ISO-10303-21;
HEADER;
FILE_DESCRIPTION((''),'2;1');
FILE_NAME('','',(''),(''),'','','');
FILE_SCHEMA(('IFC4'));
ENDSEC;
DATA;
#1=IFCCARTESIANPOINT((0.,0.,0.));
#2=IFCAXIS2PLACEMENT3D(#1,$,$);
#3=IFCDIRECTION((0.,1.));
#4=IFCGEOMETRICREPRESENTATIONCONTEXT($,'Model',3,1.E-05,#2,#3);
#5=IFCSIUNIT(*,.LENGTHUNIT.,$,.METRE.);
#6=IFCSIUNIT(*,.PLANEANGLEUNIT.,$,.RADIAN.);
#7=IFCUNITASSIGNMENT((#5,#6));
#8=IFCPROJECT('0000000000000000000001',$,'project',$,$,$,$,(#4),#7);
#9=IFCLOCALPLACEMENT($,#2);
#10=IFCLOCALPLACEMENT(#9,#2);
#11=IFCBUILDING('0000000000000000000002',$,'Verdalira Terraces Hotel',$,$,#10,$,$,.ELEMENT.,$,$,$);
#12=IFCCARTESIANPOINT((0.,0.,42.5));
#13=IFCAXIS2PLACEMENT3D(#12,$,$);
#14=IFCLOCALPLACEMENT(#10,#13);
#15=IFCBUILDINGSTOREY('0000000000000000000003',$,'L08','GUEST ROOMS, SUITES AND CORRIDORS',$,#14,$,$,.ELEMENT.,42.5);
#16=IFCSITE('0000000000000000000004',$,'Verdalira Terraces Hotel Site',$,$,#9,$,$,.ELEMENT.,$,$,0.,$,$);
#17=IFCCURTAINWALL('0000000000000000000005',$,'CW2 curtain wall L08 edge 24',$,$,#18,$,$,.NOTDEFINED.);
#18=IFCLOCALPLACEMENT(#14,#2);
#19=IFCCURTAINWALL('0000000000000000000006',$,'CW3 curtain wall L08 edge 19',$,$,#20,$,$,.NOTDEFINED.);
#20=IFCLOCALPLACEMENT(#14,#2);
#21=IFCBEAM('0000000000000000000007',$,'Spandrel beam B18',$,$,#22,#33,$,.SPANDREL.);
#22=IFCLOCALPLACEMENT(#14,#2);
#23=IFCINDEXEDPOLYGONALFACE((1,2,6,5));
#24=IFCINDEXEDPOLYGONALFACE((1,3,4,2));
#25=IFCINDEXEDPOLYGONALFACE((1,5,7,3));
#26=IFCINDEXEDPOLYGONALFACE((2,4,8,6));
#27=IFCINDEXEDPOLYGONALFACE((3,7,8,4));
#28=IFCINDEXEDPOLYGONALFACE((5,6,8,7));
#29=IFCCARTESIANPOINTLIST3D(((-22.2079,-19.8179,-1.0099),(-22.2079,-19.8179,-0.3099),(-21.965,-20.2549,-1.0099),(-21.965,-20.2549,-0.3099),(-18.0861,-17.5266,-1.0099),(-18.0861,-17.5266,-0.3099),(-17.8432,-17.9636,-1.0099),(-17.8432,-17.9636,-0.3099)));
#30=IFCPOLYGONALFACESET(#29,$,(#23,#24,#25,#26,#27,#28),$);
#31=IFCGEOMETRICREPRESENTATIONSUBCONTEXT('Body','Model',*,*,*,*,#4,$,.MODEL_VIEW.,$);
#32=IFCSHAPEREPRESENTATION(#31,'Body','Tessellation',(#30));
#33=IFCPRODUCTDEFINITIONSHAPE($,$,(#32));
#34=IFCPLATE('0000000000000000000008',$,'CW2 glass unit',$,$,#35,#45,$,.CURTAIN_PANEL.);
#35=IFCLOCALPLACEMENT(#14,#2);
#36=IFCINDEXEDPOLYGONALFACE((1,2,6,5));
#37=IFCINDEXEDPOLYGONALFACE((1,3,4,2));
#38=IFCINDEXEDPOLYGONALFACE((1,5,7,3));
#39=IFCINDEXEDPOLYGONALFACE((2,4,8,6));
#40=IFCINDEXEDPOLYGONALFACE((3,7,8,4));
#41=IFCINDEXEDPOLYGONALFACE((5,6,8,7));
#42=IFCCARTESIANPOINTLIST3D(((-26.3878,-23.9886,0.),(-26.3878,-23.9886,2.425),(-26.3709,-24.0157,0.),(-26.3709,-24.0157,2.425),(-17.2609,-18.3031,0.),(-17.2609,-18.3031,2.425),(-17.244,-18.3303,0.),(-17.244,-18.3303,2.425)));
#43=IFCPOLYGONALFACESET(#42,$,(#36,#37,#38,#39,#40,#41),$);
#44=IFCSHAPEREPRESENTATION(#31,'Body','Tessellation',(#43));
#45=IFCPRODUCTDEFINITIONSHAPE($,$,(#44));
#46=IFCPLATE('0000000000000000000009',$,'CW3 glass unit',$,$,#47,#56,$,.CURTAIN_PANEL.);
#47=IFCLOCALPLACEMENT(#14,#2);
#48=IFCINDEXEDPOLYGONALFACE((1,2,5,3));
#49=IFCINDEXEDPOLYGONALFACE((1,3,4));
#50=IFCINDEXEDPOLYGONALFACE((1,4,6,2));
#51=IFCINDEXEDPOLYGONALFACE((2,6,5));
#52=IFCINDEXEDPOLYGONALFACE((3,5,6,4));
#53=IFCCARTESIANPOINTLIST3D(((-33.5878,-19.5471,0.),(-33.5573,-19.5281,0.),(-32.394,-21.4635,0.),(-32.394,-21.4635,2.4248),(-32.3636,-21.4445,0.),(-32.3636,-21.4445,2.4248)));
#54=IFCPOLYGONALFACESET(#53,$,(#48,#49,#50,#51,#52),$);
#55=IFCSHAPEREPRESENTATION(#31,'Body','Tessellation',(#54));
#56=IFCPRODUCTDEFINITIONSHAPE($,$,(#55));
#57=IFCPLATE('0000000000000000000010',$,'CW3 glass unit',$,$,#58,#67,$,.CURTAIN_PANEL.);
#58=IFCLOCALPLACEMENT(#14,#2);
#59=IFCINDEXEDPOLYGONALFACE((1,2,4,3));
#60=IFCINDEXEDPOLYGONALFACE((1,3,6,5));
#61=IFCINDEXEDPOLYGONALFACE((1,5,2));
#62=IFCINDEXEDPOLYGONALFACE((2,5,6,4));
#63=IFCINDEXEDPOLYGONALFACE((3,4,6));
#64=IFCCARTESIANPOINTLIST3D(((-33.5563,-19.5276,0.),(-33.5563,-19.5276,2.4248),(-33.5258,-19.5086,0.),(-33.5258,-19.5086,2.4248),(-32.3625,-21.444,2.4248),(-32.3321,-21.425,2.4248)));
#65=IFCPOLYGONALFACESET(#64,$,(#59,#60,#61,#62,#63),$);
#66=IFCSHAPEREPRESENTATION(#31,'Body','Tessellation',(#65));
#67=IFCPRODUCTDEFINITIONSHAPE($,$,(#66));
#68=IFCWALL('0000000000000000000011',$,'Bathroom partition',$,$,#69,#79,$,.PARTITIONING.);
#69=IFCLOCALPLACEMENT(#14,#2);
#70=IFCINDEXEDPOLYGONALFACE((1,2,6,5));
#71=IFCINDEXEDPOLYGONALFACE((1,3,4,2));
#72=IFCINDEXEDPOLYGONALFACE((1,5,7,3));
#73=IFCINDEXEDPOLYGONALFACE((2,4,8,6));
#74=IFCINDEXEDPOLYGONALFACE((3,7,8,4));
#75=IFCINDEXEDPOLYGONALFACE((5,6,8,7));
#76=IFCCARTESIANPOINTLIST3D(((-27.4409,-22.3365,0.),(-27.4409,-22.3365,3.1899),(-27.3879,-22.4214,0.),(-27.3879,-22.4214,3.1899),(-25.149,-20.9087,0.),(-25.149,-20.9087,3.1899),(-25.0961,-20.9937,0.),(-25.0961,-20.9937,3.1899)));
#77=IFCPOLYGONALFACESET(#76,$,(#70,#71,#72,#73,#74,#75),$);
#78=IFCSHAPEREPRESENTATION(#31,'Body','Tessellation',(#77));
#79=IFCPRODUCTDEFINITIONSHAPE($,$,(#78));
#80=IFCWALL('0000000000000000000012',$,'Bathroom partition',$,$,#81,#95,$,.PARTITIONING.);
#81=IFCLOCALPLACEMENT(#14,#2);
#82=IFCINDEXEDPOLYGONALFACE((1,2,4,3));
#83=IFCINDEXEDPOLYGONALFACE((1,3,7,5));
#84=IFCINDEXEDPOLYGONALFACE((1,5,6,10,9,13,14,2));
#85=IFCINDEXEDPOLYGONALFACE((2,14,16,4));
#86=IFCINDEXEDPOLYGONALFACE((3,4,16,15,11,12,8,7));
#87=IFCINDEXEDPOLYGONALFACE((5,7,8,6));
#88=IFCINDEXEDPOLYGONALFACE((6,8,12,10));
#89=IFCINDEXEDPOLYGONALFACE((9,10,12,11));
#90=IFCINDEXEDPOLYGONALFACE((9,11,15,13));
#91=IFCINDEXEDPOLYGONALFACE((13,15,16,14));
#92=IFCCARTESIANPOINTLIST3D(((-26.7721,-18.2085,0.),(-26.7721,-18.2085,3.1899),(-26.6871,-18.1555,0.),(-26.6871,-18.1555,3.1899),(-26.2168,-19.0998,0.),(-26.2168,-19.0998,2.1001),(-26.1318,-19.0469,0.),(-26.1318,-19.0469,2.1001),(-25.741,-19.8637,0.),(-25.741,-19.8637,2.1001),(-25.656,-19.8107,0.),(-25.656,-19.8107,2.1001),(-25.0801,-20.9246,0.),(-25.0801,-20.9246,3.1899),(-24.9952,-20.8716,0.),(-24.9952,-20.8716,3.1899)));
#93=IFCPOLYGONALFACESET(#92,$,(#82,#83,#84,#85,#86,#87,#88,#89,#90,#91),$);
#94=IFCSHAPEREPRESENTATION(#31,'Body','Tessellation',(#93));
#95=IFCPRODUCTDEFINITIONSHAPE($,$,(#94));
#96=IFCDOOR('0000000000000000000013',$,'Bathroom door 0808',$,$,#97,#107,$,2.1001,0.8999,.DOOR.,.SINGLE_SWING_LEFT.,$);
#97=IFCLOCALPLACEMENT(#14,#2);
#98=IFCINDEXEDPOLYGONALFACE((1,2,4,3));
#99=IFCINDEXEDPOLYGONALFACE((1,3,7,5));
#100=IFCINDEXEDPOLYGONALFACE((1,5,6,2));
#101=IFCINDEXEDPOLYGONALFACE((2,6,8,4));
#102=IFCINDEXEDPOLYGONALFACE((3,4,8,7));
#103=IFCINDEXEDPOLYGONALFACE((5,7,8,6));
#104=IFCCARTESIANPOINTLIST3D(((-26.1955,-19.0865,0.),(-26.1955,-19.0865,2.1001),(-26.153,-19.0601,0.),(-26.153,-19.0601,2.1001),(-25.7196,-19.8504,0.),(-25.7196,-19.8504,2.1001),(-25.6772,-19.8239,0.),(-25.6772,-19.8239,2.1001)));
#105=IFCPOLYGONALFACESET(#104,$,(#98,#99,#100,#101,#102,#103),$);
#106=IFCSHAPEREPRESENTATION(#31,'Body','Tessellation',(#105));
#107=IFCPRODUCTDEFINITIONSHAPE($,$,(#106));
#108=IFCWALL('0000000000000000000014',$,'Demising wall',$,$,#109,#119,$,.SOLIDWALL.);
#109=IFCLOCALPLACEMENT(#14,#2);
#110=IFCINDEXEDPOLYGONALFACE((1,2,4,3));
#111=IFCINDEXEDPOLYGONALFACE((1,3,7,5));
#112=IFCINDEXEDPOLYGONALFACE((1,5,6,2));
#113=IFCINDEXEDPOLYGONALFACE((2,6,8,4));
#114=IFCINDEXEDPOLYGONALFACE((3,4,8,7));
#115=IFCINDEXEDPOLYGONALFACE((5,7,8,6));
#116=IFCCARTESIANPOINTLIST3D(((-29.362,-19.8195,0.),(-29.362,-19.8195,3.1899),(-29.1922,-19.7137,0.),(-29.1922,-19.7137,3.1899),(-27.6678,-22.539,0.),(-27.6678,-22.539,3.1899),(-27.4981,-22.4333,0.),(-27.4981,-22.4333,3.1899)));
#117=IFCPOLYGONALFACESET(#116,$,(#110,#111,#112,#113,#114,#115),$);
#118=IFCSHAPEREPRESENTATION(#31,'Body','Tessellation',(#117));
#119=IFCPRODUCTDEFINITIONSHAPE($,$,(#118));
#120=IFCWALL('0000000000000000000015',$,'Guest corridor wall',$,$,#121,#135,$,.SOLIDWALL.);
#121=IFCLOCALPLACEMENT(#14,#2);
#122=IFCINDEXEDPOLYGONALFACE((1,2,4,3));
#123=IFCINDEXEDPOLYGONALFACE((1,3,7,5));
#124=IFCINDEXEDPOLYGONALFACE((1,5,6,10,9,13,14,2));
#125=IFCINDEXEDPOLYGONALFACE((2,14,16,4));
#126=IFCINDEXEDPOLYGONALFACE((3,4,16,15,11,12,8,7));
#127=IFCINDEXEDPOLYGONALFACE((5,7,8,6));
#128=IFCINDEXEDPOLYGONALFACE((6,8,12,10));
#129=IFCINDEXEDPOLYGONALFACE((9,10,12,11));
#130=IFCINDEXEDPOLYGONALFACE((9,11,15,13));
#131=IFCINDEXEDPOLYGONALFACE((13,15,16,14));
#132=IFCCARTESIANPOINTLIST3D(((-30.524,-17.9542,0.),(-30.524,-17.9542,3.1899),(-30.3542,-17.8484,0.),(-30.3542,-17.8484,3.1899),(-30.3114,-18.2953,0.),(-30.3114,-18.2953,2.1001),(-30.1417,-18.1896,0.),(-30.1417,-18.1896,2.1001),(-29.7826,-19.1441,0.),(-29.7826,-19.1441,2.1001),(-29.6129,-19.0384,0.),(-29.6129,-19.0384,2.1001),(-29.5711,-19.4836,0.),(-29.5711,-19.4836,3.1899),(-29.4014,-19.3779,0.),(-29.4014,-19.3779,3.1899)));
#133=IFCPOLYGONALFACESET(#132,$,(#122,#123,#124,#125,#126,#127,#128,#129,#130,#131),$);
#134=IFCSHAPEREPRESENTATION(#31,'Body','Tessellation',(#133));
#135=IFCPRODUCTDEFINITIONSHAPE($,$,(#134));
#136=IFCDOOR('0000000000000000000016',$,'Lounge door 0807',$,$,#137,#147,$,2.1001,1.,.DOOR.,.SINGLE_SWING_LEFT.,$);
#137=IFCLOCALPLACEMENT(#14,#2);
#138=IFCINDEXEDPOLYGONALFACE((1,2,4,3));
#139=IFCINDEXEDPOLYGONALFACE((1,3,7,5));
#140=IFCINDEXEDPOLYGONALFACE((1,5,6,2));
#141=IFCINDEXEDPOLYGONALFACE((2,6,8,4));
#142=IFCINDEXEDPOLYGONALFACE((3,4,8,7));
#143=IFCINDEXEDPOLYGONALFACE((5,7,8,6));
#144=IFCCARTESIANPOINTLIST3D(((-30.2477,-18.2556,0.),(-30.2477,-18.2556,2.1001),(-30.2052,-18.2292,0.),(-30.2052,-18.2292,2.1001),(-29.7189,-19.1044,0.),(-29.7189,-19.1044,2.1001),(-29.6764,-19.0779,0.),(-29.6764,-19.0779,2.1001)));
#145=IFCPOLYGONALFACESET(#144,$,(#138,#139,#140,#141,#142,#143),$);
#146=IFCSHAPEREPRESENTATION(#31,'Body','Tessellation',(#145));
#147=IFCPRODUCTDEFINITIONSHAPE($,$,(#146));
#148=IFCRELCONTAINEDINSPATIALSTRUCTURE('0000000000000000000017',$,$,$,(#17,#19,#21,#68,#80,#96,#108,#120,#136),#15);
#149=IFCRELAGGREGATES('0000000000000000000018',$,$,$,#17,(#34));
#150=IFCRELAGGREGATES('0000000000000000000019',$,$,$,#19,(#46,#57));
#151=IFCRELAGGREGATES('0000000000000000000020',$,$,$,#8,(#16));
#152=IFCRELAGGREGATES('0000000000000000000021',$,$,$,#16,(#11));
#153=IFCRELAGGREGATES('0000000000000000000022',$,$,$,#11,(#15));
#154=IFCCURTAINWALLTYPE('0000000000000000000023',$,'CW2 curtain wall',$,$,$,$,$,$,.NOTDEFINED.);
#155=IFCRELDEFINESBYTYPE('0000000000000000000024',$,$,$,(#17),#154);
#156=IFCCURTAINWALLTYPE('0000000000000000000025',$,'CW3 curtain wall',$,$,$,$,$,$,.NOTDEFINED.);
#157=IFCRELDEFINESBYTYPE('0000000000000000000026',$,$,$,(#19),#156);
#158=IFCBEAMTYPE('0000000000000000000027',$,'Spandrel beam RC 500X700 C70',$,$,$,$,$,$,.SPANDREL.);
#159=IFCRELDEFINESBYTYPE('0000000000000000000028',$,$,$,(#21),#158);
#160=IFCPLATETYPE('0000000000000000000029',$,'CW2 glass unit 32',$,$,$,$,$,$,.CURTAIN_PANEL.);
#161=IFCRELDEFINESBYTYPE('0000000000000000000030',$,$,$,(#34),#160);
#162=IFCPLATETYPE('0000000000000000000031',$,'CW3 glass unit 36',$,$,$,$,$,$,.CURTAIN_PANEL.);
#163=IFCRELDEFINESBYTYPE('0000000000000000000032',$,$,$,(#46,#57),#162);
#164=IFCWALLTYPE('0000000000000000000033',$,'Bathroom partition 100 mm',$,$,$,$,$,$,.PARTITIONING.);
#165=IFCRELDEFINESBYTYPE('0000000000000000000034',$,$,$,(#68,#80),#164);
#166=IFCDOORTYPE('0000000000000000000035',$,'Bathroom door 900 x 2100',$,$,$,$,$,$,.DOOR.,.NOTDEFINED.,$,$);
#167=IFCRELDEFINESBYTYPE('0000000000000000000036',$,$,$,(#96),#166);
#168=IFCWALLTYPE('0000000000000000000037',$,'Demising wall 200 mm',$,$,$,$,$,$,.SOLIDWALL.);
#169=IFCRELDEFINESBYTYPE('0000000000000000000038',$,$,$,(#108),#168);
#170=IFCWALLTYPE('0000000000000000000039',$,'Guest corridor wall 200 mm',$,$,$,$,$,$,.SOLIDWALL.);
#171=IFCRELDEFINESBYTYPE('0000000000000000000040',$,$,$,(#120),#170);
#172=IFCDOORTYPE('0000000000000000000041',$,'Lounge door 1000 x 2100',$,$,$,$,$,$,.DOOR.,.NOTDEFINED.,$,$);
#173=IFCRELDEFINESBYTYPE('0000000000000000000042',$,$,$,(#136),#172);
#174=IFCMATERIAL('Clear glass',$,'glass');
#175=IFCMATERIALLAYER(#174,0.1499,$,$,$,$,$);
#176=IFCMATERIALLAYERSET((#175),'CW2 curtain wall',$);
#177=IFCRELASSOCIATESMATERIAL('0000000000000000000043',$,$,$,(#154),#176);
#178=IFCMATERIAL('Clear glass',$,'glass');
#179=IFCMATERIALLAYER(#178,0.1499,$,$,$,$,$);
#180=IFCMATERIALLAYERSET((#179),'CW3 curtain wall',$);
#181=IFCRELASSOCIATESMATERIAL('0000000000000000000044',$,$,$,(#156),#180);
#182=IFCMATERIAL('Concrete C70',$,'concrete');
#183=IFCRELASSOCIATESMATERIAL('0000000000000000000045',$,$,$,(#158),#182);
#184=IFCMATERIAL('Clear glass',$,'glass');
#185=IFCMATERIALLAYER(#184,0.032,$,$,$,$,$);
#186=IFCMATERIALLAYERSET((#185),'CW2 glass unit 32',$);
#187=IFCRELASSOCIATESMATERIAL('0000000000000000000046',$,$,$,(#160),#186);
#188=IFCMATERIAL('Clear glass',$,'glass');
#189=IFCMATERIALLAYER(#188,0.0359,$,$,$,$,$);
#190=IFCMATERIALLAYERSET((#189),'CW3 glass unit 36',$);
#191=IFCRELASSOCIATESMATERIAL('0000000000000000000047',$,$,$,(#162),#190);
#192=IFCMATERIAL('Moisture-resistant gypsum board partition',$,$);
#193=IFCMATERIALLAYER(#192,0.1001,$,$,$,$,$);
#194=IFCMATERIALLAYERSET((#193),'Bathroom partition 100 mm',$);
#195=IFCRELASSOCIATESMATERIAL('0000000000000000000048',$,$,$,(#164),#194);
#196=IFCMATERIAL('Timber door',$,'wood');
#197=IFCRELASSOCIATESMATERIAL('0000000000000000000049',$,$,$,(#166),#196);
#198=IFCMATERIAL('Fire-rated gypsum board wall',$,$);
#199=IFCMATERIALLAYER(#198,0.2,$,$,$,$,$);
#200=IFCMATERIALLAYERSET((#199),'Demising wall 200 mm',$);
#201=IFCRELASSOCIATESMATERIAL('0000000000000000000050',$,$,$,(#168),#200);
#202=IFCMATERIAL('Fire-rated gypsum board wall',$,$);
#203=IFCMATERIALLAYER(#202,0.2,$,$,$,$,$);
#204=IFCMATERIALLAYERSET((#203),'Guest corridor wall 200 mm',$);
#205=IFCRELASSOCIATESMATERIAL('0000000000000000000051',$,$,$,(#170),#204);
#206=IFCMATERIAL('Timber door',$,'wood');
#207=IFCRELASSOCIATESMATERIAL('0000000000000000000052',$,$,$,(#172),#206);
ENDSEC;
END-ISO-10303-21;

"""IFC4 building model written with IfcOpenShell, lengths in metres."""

from ifc_helpers import new_model, si_unit, direction, frame, frame_2d, origin, origin_2d, place, context, subcontext, project, spatial, polyline, rectangle, outline, extrude, material, layer, layer_set, material_profile, profile_set, type_object, element, fill, aggregate, save


model = new_model("IFC4")

# Units and contexts
model_context = context("Model", 3, precision=1e-05, world=origin(), true_north=direction((0.0, 1.0)))
body_context = subcontext(model_context, "Body", "Model", "MODEL_VIEW")
ifc_project = project(units=[si_unit("LENGTHUNIT", "METRE"), si_unit("PLANEANGLEUNIT", "RADIAN")], contexts=[model_context])

# Site, building, storey
site_placement = place(None, origin())
site = spatial("IfcSite", under=ifc_project, at=site_placement, Name="Verdalira Terraces Hotel Site", CompositionType="ELEMENT", RefElevation=0.0)
building_placement = place(site_placement, origin())
building = spatial("IfcBuilding", under=site, at=building_placement, Name="Verdalira Terraces Hotel", CompositionType="ELEMENT")
storey_placement = place(building_placement, frame((0.0, 0.0, 42.5)))
storey = spatial("IfcBuildingStorey", under=building, at=storey_placement, Name="L08", Description="GUEST ROOMS, SUITES AND CORRIDORS", CompositionType="ELEMENT", Elevation=42.5)

# Curtain walls
ifc_material_1 = material(Name="Clear glass", Category="glass")
ifc_layer_1 = layer(ifc_material_1, 0.1499)
ifc_layer_set_1 = layer_set([ifc_layer_1], Name="CW2 curtain wall")
curtain_wall_type_1 = type_object("IfcCurtainWallType", Name="CW2 curtain wall", PredefinedType="NOTDEFINED", material=ifc_layer_set_1)
curtain_wall_1_placement = place(storey_placement, origin())
curtain_wall_1 = element("IfcCurtainWall", 1, at=curtain_wall_1_placement, inside=storey, type_object=curtain_wall_type_1, Name="CW2 curtain wall L08 edge 24", PredefinedType="NOTDEFINED")
ifc_material_2 = material(Name="Clear glass", Category="glass")
ifc_layer_2 = layer(ifc_material_2, 0.1499)
ifc_layer_set_2 = layer_set([ifc_layer_2], Name="CW3 curtain wall")
curtain_wall_type_2 = type_object("IfcCurtainWallType", Name="CW3 curtain wall", PredefinedType="NOTDEFINED", material=ifc_layer_set_2)
curtain_wall_2_placement = place(storey_placement, origin())
curtain_wall_2 = element("IfcCurtainWall", 2, at=curtain_wall_2_placement, inside=storey, type_object=curtain_wall_type_2, Name="CW3 curtain wall L08 edge 19", PredefinedType="NOTDEFINED")

# Beam
ifc_material_3 = material(Name="Concrete C70", Category="concrete")
ifc_material_profile_1 = material_profile(ifc_material_3, rectangle(XDim=0.5, YDim=0.7, at=origin_2d()), Name="RC 500X700")
ifc_profile_set_1 = profile_set([ifc_material_profile_1], Name="Concrete C70")
beam_type = type_object("IfcBeamType", Name="Spandrel beam RC 500X700 C70", PredefinedType="SPANDREL", material=ifc_profile_set_1)
beam_1_placement = place(storey_placement, frame((-22.0864, -20.0364, -0.6599), z_axis=(0.874035, 0.485863, 0.0), x_axis=(-0.485863, 0.874035, 0.0)))
element("IfcBeam", 3, at=beam_1_placement, inside=storey, type_object=beam_type, Name="Spandrel beam B18", PredefinedType="SPANDREL", context=body_context, shape_type="SweptSolid", body=[
    extrude(rectangle(XDim=0.5, YDim=0.7, at=origin_2d()), origin(), (0.0, 0.0, 1.0), 4.7158),
])

# Plates
ifc_material_4 = material(Name="Clear glass", Category="glass")
ifc_layer_3 = layer(ifc_material_4, 0.032)
ifc_layer_set_3 = layer_set([ifc_layer_3], Name="CW2 glass unit 32")
plate_type_1 = type_object("IfcPlateType", Name="CW2 glass unit 32", PredefinedType="CURTAIN_PANEL", material=ifc_layer_set_3)
plate_1_placement = place(storey_placement, frame((-21.8159, -21.1594, 0.0), z_axis=(0.0, 0.0, 1.0), x_axis=(0.848787, 0.528735, 0.0)))
plate_1 = element("IfcPlate", 4, at=plate_1_placement, type_object=plate_type_1, Name="CW2 glass unit", PredefinedType="CURTAIN_PANEL", context=body_context, shape_type="SweptSolid", body=[
    extrude(rectangle(XDim=10.7529, YDim=0.032, at=origin_2d()), origin(), (0.0, 0.0, 1.0), 2.425),
])
aggregate(curtain_wall_1, [plate_1])
ifc_material_5 = material(Name="Clear glass", Category="glass")
ifc_layer_4 = layer(ifc_material_5, 0.0359)
ifc_layer_set_4 = layer_set([ifc_layer_4], Name="CW3 glass unit 36")
plate_type_2 = type_object("IfcPlateType", Name="CW3 glass unit 36", PredefinedType="CURTAIN_PANEL", material=ifc_layer_set_4)
plate_2_placement = place(storey_placement, frame((-32.9604, -20.4863, 1.2124), z_axis=(-0.848787, -0.528735, 0.0), x_axis=(0.528735, -0.848787, 0.0)))
plate_2 = element("IfcPlate", 5, at=plate_2_placement, type_object=plate_type_2, Name="CW3 glass unit", PredefinedType="CURTAIN_PANEL", context=body_context, shape_type="SweptSolid", body=[
    extrude(outline(polyline([(-1.1289, -1.2124), (1.1289, -1.2124), (1.1289, 1.2124), (-1.1289, -1.2124)])), origin(), (0.0, 0.0, 1.0), 0.0359),
])
plate_3_placement = place(storey_placement, frame((-32.929, -20.4668, 1.2124), z_axis=(-0.848787, -0.528735, 0.0), x_axis=(0.528735, -0.848787, 0.0)))
plate_3 = element("IfcPlate", 6, at=plate_3_placement, type_object=plate_type_2, Name="CW3 glass unit", PredefinedType="CURTAIN_PANEL", context=body_context, shape_type="SweptSolid", body=[
    extrude(outline(polyline([(-1.1289, -1.2124), (1.1289, 1.2124), (-1.1289, 1.2124), (-1.1289, -1.2124)])), origin(), (0.0, 0.0, 1.0), 0.0359),
])
aggregate(curtain_wall_2, [plate_2, plate_3])

# Wall
ifc_material_6 = material(Name="Moisture-resistant gypsum board partition")
ifc_layer_5 = layer(ifc_material_6, 0.1001)
ifc_layer_set_5 = layer_set([ifc_layer_5], Name="Bathroom partition 100 mm")
wall_type_1 = type_object("IfcWallType", Name="Bathroom partition 100 mm", PredefinedType="PARTITIONING", material=ifc_layer_set_5)
wall_1_placement = place(storey_placement, frame((-25.1226, -20.9512, 0.0), z_axis=(0.0, 0.0, 1.0), x_axis=(-0.848764, -0.528771, 0.0)))
element("IfcWall", 7, at=wall_1_placement, inside=storey, type_object=wall_type_1, Name="Bathroom partition", PredefinedType="PARTITIONING", context=body_context, shape_type="SweptSolid", body=[
    extrude(rectangle(XDim=2.7002, YDim=0.1001, at=frame_2d((1.3501, 0.0))), origin(), (0.0, 0.0, 1.0), 3.1899),
])

# Wall, opening, door
wall_2_placement = place(storey_placement, frame((-25.0376, -20.8982, 0.0), z_axis=(0.0, 0.0, 1.0), x_axis=(-0.52873, 0.84879, 0.0)))
wall_2 = element("IfcWall", 8, at=wall_2_placement, inside=storey, type_object=wall_type_1, Name="Bathroom partition", PredefinedType="PARTITIONING", context=body_context, shape_type="SweptSolid", body=[
    extrude(rectangle(XDim=3.2, YDim=0.1001, at=frame_2d((1.6001, 0.0))), origin(), (0.0, 0.0, 1.0), 3.1899),
])
opening_1_placement = place(wall_2_placement, frame((1.25, 0.0, 0.0)))
opening_1 = element("IfcOpeningElement", 9, at=opening_1_placement, cuts=wall_2, PredefinedType="OPENING", context=body_context, shape_type="SweptSolid", body=[
    extrude(rectangle(XDim=0.8999, YDim=2.1001, at=frame_2d((0.45, 1.05))), frame((0.0, 0.0601, 0.0), z_axis=(0.0, -1.0, 0.0), x_axis=(1.0, 0.0, 0.0)), (0.0, 0.0, 1.0), 0.1201),
])
ifc_material_7 = material(Name="Timber door", Category="wood")
door_type_1 = type_object("IfcDoorType", Name="Bathroom door 900 x 2100", OperationType="NOTDEFINED", PredefinedType="DOOR", material=ifc_material_7)
door_1_placement = place(opening_1_placement, origin())
door_1 = element("IfcDoor", 10, at=door_1_placement, inside=storey, type_object=door_type_1, Name="Bathroom door 0808", OperationType="SINGLE_SWING_LEFT", OverallHeight=2.1001, OverallWidth=0.8999, PredefinedType="DOOR", context=body_context, shape_type="SweptSolid", body=[
    extrude(rectangle(XDim=0.8999, YDim=2.1001, at=frame_2d((0.45, 1.05))), frame((0.0, 0.0249, 0.0), z_axis=(0.0, -1.0, 0.0), x_axis=(1.0, 0.0, 0.0)), (0.0, 0.0, 1.0), 0.05),
])
fill(opening_1, door_1)

# Wall
ifc_material_8 = material(Name="Fire-rated gypsum board wall")
ifc_layer_6 = layer(ifc_material_8, 0.2)
ifc_layer_set_6 = layer_set([ifc_layer_6], Name="Demising wall 200 mm")
wall_type_2 = type_object("IfcWallType", Name="Demising wall 200 mm", PredefinedType="SOLIDWALL", material=ifc_layer_set_6)
wall_3_placement = place(storey_placement, frame((-29.2771, -19.7666, 0.0), z_axis=(0.0, 0.0, 1.0), x_axis=(0.528745, -0.848781, 0.0)))
element("IfcWall", 11, at=wall_3_placement, inside=storey, type_object=wall_type_2, Name="Demising wall", PredefinedType="SOLIDWALL", context=body_context, shape_type="SweptSolid", body=[
    extrude(rectangle(XDim=3.2041, YDim=0.2, at=frame_2d((1.6021, 0.0))), origin(), (0.0, 0.0, 1.0), 3.1899),
])

# Wall, opening, door
ifc_material_9 = material(Name="Fire-rated gypsum board wall")
ifc_layer_7 = layer(ifc_material_9, 0.2)
ifc_layer_set_7 = layer_set([ifc_layer_7], Name="Guest corridor wall 200 mm")
wall_type_3 = type_object("IfcWallType", Name="Guest corridor wall 200 mm", PredefinedType="SOLIDWALL", material=ifc_layer_set_7)
wall_4_placement = place(storey_placement, frame((-29.4863, -19.4307, 0.0), z_axis=(0.0, 0.0, 1.0), x_axis=(-0.528768, 0.848766, 0.0)))
wall_4 = element("IfcWall", 12, at=wall_4_placement, inside=storey, type_object=wall_type_3, Name="Guest corridor wall", PredefinedType="SOLIDWALL", context=body_context, shape_type="SweptSolid", body=[
    extrude(rectangle(XDim=1.802, YDim=0.2, at=frame_2d((0.9009, 0.0))), origin(), (0.0, 0.0, 1.0), 3.1899),
])
opening_2_placement = place(wall_4_placement, frame((0.3999, 0.0, 0.0)))
opening_2 = element("IfcOpeningElement", 13, at=opening_2_placement, cuts=wall_4, PredefinedType="OPENING", context=body_context, shape_type="SweptSolid", body=[
    extrude(rectangle(XDim=1.0, YDim=2.1001, at=frame_2d((0.5, 1.05))), frame((0.0, 0.1099, 0.0), z_axis=(0.0, -1.0, 0.0), x_axis=(1.0, 0.0, 0.0)), (0.0, 0.0, 1.0), 0.22),
])
ifc_material_10 = material(Name="Timber door", Category="wood")
door_type_2 = type_object("IfcDoorType", Name="Lounge door 1000 x 2100", OperationType="NOTDEFINED", PredefinedType="DOOR", material=ifc_material_10)
door_2_placement = place(opening_2_placement, origin())
door_2 = element("IfcDoor", 14, at=door_2_placement, inside=storey, type_object=door_type_2, Name="Lounge door 0807", OperationType="SINGLE_SWING_LEFT", OverallHeight=2.1001, OverallWidth=1.0, PredefinedType="DOOR", context=body_context, shape_type="SweptSolid", body=[
    extrude(rectangle(XDim=1.0, YDim=2.1001, at=frame_2d((0.5, 1.05))), frame((0.0, 0.0249, 0.0), z_axis=(0.0, -1.0, 0.0), x_axis=(1.0, 0.0, 0.0)), (0.0, 0.0, 1.0), 0.05),
])
fill(opening_2, door_2)

save(model, "model.ifc")
